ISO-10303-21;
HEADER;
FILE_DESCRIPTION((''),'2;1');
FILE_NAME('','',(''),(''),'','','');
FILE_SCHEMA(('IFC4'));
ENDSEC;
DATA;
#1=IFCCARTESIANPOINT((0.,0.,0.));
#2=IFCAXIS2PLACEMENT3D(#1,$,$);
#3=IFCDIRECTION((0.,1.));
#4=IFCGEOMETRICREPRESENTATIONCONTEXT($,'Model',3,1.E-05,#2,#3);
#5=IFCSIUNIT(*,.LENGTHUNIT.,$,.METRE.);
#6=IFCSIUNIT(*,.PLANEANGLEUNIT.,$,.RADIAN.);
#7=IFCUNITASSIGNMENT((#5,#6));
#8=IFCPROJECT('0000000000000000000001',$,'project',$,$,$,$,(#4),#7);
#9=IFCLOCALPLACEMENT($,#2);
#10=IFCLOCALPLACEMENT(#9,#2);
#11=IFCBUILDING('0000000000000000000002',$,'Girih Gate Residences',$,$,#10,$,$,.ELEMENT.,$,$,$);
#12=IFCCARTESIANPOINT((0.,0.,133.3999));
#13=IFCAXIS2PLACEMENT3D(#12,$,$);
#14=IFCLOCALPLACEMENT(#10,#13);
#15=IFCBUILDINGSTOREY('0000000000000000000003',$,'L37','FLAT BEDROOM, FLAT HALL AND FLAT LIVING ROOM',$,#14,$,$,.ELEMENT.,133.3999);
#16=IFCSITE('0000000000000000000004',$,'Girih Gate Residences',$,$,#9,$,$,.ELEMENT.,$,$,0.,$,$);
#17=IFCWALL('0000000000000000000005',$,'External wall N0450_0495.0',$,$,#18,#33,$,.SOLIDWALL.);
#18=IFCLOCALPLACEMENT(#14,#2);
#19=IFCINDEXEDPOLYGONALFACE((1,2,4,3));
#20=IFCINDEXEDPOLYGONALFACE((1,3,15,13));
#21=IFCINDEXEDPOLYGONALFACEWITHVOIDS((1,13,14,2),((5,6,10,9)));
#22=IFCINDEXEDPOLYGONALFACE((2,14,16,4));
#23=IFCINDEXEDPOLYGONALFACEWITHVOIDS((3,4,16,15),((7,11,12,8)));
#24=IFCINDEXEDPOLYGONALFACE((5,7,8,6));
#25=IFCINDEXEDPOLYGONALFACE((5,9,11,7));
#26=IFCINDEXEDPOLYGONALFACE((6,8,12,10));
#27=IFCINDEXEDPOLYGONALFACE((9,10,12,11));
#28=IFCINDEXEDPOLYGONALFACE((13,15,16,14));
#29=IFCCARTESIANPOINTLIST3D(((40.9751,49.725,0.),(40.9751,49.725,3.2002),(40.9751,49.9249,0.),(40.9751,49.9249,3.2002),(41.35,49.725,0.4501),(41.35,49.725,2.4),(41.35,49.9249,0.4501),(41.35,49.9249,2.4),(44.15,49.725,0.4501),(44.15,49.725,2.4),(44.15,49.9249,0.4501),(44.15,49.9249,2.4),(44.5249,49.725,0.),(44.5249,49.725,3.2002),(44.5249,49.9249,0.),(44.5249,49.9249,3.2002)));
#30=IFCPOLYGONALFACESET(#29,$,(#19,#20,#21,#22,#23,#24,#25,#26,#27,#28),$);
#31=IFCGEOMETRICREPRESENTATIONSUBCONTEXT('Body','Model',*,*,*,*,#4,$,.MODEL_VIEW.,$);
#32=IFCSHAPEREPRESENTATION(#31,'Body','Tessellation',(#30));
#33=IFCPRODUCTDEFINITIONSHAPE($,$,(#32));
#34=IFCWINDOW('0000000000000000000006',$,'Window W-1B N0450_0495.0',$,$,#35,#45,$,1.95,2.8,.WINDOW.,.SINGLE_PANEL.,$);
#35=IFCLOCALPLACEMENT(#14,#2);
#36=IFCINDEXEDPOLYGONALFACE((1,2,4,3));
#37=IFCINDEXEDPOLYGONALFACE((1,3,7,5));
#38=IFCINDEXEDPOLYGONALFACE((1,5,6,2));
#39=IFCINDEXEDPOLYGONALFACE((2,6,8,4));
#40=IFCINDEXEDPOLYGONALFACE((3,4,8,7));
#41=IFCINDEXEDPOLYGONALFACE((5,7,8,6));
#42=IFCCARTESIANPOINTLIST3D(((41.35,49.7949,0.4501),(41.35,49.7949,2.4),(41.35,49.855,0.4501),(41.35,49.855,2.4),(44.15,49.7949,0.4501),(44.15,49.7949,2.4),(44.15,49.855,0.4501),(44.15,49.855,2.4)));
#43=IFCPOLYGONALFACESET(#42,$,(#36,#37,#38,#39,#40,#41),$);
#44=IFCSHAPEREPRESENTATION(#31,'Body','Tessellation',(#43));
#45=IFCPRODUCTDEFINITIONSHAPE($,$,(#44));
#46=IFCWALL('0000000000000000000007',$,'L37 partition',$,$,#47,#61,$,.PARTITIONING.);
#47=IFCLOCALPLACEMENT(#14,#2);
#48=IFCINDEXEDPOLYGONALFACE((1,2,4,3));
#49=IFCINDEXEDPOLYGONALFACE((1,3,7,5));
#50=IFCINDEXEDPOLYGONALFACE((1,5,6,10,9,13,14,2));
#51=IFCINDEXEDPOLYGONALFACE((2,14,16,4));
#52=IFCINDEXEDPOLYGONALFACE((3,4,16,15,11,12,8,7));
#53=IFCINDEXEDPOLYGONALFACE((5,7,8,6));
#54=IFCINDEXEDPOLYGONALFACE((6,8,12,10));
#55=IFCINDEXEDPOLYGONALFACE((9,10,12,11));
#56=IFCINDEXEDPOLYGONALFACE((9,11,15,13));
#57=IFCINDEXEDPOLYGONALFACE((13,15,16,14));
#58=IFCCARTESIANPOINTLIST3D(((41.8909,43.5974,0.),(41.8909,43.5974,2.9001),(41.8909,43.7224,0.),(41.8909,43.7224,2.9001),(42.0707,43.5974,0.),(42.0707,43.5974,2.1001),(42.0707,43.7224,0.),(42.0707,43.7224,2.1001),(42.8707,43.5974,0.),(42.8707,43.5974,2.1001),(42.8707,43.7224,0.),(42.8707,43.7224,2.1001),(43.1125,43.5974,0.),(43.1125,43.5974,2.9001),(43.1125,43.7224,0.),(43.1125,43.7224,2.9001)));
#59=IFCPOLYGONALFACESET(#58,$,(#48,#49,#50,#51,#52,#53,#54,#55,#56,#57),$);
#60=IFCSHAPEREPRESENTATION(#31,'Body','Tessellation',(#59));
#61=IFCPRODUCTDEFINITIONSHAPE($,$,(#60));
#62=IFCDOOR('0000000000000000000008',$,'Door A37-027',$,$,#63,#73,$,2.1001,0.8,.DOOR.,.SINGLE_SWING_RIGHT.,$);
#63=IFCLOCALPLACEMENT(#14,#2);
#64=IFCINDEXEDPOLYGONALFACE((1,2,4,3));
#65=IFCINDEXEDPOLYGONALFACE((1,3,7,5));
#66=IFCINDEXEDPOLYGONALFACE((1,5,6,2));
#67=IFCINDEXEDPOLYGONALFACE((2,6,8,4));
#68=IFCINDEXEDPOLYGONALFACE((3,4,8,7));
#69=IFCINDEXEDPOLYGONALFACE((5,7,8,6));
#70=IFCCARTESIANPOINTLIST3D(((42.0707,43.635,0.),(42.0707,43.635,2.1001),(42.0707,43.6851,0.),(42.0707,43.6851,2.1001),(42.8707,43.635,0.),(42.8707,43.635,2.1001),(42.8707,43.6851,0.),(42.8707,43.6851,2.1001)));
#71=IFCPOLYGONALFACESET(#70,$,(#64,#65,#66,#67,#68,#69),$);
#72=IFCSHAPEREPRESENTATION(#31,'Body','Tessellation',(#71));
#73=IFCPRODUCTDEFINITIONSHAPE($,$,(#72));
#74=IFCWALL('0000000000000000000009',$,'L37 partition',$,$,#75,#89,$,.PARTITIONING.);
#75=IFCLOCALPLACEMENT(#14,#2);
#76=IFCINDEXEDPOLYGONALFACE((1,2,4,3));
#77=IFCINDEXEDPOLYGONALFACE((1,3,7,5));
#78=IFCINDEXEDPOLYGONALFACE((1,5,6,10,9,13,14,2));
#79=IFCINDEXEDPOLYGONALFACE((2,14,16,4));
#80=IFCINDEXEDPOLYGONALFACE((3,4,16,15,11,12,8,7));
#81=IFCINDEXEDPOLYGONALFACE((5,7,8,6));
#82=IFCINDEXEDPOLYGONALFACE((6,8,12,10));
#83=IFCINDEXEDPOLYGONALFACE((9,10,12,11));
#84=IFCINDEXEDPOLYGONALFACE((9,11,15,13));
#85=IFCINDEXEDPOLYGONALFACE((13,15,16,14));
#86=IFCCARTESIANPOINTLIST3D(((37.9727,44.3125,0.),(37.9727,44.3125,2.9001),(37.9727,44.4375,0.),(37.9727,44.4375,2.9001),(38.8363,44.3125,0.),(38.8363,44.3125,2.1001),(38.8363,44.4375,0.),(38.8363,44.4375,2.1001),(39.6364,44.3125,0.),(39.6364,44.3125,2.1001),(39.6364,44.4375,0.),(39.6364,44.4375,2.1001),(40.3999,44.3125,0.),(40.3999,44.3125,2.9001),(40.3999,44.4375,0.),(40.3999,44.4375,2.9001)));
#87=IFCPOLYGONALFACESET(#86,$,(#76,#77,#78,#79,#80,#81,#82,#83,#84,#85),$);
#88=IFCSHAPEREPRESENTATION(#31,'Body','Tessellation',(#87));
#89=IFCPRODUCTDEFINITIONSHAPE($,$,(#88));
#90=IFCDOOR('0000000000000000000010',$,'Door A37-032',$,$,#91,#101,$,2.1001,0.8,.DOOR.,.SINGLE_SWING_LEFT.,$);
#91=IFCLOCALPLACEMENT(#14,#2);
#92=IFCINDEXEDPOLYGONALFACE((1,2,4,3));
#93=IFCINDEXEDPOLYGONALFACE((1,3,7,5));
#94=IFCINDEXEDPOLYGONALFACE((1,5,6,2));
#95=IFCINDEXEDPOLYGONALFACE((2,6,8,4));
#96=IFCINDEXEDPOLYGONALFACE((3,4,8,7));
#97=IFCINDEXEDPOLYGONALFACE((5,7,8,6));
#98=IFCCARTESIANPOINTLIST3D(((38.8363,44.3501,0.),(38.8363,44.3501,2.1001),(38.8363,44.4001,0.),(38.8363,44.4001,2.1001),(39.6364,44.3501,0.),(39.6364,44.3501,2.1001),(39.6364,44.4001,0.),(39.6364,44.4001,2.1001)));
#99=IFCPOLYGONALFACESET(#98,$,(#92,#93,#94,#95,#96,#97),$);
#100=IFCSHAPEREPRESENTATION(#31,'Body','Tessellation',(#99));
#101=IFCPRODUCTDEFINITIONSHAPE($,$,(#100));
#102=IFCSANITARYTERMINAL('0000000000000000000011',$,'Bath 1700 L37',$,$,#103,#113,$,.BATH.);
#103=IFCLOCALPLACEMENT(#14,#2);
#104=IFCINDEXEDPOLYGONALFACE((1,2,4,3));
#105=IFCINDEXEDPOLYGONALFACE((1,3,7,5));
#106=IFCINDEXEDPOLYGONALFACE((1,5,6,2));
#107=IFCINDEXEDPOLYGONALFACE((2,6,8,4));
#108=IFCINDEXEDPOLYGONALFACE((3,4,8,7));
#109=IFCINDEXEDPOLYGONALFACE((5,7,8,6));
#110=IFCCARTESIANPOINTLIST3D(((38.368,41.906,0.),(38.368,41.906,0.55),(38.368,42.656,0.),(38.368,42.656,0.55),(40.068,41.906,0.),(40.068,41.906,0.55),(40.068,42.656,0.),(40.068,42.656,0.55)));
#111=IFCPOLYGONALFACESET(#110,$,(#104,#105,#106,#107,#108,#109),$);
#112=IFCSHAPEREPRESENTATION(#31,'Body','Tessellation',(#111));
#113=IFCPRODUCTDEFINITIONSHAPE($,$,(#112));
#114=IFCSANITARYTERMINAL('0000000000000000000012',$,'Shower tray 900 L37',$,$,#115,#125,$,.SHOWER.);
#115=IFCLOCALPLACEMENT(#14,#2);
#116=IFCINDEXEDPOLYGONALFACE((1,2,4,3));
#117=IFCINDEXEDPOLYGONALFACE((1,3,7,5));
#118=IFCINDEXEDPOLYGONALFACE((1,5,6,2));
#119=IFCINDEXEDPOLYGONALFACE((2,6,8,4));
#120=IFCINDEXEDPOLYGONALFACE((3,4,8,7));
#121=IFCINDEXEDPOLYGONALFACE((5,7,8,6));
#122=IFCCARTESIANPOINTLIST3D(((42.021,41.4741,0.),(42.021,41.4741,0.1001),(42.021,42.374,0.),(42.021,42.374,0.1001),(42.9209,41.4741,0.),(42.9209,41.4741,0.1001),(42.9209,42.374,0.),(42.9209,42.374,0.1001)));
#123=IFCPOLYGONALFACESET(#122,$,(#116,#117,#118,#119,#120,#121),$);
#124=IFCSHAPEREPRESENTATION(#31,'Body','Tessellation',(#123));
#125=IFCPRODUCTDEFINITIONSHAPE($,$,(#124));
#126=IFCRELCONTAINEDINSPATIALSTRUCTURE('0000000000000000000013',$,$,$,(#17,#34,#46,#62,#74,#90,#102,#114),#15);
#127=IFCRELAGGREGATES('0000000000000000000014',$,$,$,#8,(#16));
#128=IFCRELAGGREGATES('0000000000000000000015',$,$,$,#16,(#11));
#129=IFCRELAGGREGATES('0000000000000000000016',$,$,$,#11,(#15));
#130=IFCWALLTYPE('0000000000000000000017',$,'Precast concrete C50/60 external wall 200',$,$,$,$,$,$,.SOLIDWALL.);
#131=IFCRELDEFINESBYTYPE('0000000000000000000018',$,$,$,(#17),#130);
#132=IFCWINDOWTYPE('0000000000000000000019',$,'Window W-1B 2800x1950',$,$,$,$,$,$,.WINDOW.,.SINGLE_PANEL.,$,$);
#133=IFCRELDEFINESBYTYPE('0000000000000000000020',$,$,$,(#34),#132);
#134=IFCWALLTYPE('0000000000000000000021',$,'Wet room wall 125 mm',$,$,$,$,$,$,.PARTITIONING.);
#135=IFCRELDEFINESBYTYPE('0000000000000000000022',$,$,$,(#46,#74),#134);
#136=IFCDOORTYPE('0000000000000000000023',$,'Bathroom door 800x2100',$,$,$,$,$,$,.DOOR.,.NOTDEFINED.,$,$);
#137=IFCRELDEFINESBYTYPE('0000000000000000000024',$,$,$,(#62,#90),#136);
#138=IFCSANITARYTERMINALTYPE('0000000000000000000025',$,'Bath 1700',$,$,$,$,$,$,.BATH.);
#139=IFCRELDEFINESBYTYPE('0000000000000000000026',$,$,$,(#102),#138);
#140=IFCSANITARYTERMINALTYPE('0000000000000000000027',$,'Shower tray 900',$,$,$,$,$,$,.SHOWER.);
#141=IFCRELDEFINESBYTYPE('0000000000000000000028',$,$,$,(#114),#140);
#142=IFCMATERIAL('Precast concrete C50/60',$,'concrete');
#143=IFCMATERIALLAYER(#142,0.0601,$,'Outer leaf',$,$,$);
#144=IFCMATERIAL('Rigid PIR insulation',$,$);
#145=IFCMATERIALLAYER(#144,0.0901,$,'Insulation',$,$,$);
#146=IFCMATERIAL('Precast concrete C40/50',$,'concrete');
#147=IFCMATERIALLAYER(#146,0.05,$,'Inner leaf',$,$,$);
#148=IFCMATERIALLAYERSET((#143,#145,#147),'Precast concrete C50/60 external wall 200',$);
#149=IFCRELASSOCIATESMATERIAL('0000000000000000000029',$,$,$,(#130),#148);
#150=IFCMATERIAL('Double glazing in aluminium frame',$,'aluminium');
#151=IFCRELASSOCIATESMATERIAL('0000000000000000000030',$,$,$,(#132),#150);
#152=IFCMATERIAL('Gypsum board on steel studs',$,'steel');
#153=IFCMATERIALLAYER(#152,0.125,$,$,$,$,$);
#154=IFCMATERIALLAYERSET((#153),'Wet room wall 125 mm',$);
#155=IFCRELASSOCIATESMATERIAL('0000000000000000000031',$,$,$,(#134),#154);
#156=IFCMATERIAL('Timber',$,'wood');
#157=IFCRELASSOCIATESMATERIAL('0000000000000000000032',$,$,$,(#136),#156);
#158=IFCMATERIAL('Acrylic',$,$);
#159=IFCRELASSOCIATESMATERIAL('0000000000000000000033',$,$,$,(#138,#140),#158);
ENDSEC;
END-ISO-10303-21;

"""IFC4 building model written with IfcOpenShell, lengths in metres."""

from ifc_helpers import new_model, si_unit, direction, frame, frame_2d, origin, origin_2d, place, context, subcontext, project, spatial, rectangle, extrude, material, layer, layer_set, type_object, element, fill, save


model = new_model("IFC4")

# Units and contexts
model_context = context("Model", 3, precision=1e-05, world=origin(), true_north=direction((0.0, 1.0)))
body_context = subcontext(model_context, "Body", "Model", "MODEL_VIEW")
ifc_project = project(units=[si_unit("LENGTHUNIT", "METRE"), si_unit("PLANEANGLEUNIT", "RADIAN")], contexts=[model_context])

# Site, building, storey
site_placement = place(None, origin())
site = spatial("IfcSite", under=ifc_project, at=site_placement, Name="Girih Gate Residences", CompositionType="ELEMENT", RefElevation=0.0)
building_placement = place(site_placement, origin())
building = spatial("IfcBuilding", under=site, at=building_placement, Name="Girih Gate Residences", CompositionType="ELEMENT")
storey_placement = place(building_placement, frame((0.0, 0.0, 133.3999)))
storey = spatial("IfcBuildingStorey", under=building, at=storey_placement, Name="L37", Description="FLAT BEDROOM, FLAT HALL AND FLAT LIVING ROOM", CompositionType="ELEMENT", Elevation=133.3999)

# Shared definitions
ifc_material_1 = material(Name="Gypsum board on steel studs", Category="steel")
ifc_material_2 = material(Name="Timber", Category="wood")

# Wall, opening, window
ifc_material_3 = material(Name="Precast concrete C50/60", Category="concrete")
ifc_layer_1 = layer(ifc_material_3, 0.0601, Name="Outer leaf")
ifc_material_4 = material(Name="Rigid PIR insulation")
ifc_layer_2 = layer(ifc_material_4, 0.0901, Name="Insulation")
ifc_material_5 = material(Name="Precast concrete C40/50", Category="concrete")
ifc_layer_3 = layer(ifc_material_5, 0.05, Name="Inner leaf")
ifc_layer_set_1 = layer_set([ifc_layer_1, ifc_layer_2, ifc_layer_3], Name="Precast concrete C50/60 external wall 200")
wall_type_1 = type_object("IfcWallType", Name="Precast concrete C50/60 external wall 200", PredefinedType="SOLIDWALL", material=ifc_layer_set_1)
wall_1_placement = place(storey_placement, frame((40.9751, 49.825, 0.0), z_axis=(0.0, 0.0, 1.0), x_axis=(1.0, 0.0, 0.0)))
wall_1 = element("IfcWall", 1, at=wall_1_placement, inside=storey, type_object=wall_type_1, Name="External wall N0450_0495.0", PredefinedType="SOLIDWALL", context=body_context, shape_type="SweptSolid", body=[
    extrude(rectangle(XDim=3.5498, YDim=0.2, at=frame_2d((1.7749, 0.0))), origin(), (0.0, 0.0, 1.0), 3.2002),
])
opening_1_placement = place(wall_1_placement, frame((0.375, 0.0, 0.45)))
opening_1 = element("IfcOpeningElement", 2, at=opening_1_placement, cuts=wall_1, PredefinedType="OPENING", context=body_context, shape_type="SweptSolid", body=[
    extrude(rectangle(XDim=2.8, YDim=1.95, at=frame_2d((1.3999, 0.9751))), frame((0.0, 0.1099, 0.0), z_axis=(0.0, -1.0, 0.0), x_axis=(1.0, 0.0, 0.0)), (0.0, 0.0, 1.0), 0.22),
])
ifc_material_6 = material(Name="Double glazing in aluminium frame", Category="aluminium")
window_type = type_object("IfcWindowType", Name="Window W-1B 2800x1950", PartitioningType="SINGLE_PANEL", PredefinedType="WINDOW", material=ifc_material_6)
window_placement = place(opening_1_placement, origin())
window = element("IfcWindow", 3, at=window_placement, inside=storey, type_object=window_type, Name="Window W-1B N0450_0495.0", OverallHeight=1.95, OverallWidth=2.8, PartitioningType="SINGLE_PANEL", PredefinedType="WINDOW", context=body_context, shape_type="SweptSolid", body=[
    extrude(rectangle(XDim=2.8, YDim=1.95, at=frame_2d((1.3999, 0.9751))), frame((0.0, 0.03, 0.0), z_axis=(0.0, -1.0, 0.0), x_axis=(1.0, 0.0, 0.0)), (0.0, 0.0, 1.0), 0.0601),
])
fill(opening_1, window)

# Walls, openings, doors
ifc_layer_4 = layer(ifc_material_1, 0.125)
ifc_layer_set_2 = layer_set([ifc_layer_4], Name="Wet room wall 125 mm")
wall_type_2 = type_object("IfcWallType", Name="Wet room wall 125 mm", PredefinedType="PARTITIONING", material=ifc_layer_set_2)
wall_2_placement = place(storey_placement, frame((43.1125, 43.6599, 0.0), z_axis=(0.0, 0.0, 1.0), x_axis=(-1.0, 0.0, 0.0)))
wall_2 = element("IfcWall", 4, at=wall_2_placement, inside=storey, type_object=wall_type_2, Name="L37 partition", PredefinedType="PARTITIONING", context=body_context, shape_type="SweptSolid", body=[
    extrude(rectangle(XDim=1.2217, YDim=0.125, at=frame_2d((0.6108, 0.0))), origin(), (0.0, 0.0, 1.0), 2.9001),
])
opening_2_placement = place(wall_2_placement, frame((0.2419, 0.0, 0.0)))
opening_2 = element("IfcOpeningElement", 5, at=opening_2_placement, cuts=wall_2, PredefinedType="OPENING", context=body_context, shape_type="SweptSolid", body=[
    extrude(rectangle(XDim=0.8, YDim=2.1001, at=frame_2d((0.3999, 1.05))), frame((0.0, 0.0725, 0.0), z_axis=(0.0, -1.0, 0.0), x_axis=(1.0, 0.0, 0.0)), (0.0, 0.0, 1.0), 0.145),
])
door_type_1 = type_object("IfcDoorType", Name="Bathroom door 800x2100", OperationType="NOTDEFINED", PredefinedType="DOOR", material=ifc_material_2)
door_1_placement = place(opening_2_placement, origin())
door_1 = element("IfcDoor", 6, at=door_1_placement, inside=storey, type_object=door_type_1, Name="Door A37-027", OperationType="SINGLE_SWING_RIGHT", OverallHeight=2.1001, OverallWidth=0.8, PredefinedType="DOOR", context=body_context, shape_type="SweptSolid", body=[
    extrude(rectangle(XDim=0.8, YDim=2.1001, at=frame_2d((0.3999, 1.05))), frame((0.0, 0.0249, 0.0), z_axis=(0.0, -1.0, 0.0), x_axis=(1.0, 0.0, 0.0)), (0.0, 0.0, 1.0), 0.05),
])
fill(opening_2, door_1)
wall_3_placement = place(storey_placement, frame((40.3999, 44.375, 0.0), z_axis=(0.0, 0.0, 1.0), x_axis=(-1.0, 0.0, 0.0)))
wall_3 = element("IfcWall", 7, at=wall_3_placement, inside=storey, type_object=wall_type_2, Name="L37 partition", PredefinedType="PARTITIONING", context=body_context, shape_type="SweptSolid", body=[
    extrude(rectangle(XDim=2.4272, YDim=0.125, at=frame_2d((1.2136, 0.0))), origin(), (0.0, 0.0, 1.0), 2.9001),
])
opening_3_placement = place(wall_3_placement, frame((0.7637, 0.0, 0.0)))
opening_3 = element("IfcOpeningElement", 8, at=opening_3_placement, cuts=wall_3, PredefinedType="OPENING", context=body_context, shape_type="SweptSolid", body=[
    extrude(rectangle(XDim=0.8, YDim=2.1001, at=frame_2d((0.3999, 1.05))), frame((0.0, 0.0725, 0.0), z_axis=(0.0, -1.0, 0.0), x_axis=(1.0, 0.0, 0.0)), (0.0, 0.0, 1.0), 0.145),
])
door_2_placement = place(opening_3_placement, origin())
door_2 = element("IfcDoor", 9, at=door_2_placement, inside=storey, type_object=door_type_1, Name="Door A37-032", OperationType="SINGLE_SWING_LEFT", OverallHeight=2.1001, OverallWidth=0.8, PredefinedType="DOOR", context=body_context, shape_type="SweptSolid", body=[
    extrude(rectangle(XDim=0.8, YDim=2.1001, at=frame_2d((0.3999, 1.05))), frame((0.0, 0.0249, 0.0), z_axis=(0.0, -1.0, 0.0), x_axis=(1.0, 0.0, 0.0)), (0.0, 0.0, 1.0), 0.05),
])
fill(opening_3, door_2)

# Sanitary terminals
ifc_material_7 = material(Name="Acrylic")
sanitary_terminal_type_1 = type_object("IfcSanitaryTerminalType", Name="Bath 1700", PredefinedType="BATH", material=ifc_material_7)
sanitary_terminal_1_placement = place(storey_placement, frame((39.218, 42.281, 0.0), z_axis=(0.0, 0.0, 1.0), x_axis=(1.0, 0.0, 0.0)))
element("IfcSanitaryTerminal", 10, at=sanitary_terminal_1_placement, inside=storey, type_object=sanitary_terminal_type_1, Name="Bath 1700 L37", PredefinedType="BATH", context=body_context, shape_type="SweptSolid", body=[
    extrude(rectangle(XDim=1.7, YDim=0.75, at=origin_2d()), origin(), (0.0, 0.0, 1.0), 0.55),
])
sanitary_terminal_type_2 = type_object("IfcSanitaryTerminalType", Name="Shower tray 900", PredefinedType="SHOWER", material=ifc_material_7)
sanitary_terminal_2_placement = place(storey_placement, frame((42.4709, 41.9241, 0.0), z_axis=(0.0, 0.0, 1.0), x_axis=(1.0, 0.0, 0.0)))
element("IfcSanitaryTerminal", 11, at=sanitary_terminal_2_placement, inside=storey, type_object=sanitary_terminal_type_2, Name="Shower tray 900 L37", PredefinedType="SHOWER", context=body_context, shape_type="SweptSolid", body=[
    extrude(rectangle(XDim=0.8999, YDim=0.8999, at=origin_2d()), origin(), (0.0, 0.0, 1.0), 0.1001),
])

save(model, "model.ifc")
